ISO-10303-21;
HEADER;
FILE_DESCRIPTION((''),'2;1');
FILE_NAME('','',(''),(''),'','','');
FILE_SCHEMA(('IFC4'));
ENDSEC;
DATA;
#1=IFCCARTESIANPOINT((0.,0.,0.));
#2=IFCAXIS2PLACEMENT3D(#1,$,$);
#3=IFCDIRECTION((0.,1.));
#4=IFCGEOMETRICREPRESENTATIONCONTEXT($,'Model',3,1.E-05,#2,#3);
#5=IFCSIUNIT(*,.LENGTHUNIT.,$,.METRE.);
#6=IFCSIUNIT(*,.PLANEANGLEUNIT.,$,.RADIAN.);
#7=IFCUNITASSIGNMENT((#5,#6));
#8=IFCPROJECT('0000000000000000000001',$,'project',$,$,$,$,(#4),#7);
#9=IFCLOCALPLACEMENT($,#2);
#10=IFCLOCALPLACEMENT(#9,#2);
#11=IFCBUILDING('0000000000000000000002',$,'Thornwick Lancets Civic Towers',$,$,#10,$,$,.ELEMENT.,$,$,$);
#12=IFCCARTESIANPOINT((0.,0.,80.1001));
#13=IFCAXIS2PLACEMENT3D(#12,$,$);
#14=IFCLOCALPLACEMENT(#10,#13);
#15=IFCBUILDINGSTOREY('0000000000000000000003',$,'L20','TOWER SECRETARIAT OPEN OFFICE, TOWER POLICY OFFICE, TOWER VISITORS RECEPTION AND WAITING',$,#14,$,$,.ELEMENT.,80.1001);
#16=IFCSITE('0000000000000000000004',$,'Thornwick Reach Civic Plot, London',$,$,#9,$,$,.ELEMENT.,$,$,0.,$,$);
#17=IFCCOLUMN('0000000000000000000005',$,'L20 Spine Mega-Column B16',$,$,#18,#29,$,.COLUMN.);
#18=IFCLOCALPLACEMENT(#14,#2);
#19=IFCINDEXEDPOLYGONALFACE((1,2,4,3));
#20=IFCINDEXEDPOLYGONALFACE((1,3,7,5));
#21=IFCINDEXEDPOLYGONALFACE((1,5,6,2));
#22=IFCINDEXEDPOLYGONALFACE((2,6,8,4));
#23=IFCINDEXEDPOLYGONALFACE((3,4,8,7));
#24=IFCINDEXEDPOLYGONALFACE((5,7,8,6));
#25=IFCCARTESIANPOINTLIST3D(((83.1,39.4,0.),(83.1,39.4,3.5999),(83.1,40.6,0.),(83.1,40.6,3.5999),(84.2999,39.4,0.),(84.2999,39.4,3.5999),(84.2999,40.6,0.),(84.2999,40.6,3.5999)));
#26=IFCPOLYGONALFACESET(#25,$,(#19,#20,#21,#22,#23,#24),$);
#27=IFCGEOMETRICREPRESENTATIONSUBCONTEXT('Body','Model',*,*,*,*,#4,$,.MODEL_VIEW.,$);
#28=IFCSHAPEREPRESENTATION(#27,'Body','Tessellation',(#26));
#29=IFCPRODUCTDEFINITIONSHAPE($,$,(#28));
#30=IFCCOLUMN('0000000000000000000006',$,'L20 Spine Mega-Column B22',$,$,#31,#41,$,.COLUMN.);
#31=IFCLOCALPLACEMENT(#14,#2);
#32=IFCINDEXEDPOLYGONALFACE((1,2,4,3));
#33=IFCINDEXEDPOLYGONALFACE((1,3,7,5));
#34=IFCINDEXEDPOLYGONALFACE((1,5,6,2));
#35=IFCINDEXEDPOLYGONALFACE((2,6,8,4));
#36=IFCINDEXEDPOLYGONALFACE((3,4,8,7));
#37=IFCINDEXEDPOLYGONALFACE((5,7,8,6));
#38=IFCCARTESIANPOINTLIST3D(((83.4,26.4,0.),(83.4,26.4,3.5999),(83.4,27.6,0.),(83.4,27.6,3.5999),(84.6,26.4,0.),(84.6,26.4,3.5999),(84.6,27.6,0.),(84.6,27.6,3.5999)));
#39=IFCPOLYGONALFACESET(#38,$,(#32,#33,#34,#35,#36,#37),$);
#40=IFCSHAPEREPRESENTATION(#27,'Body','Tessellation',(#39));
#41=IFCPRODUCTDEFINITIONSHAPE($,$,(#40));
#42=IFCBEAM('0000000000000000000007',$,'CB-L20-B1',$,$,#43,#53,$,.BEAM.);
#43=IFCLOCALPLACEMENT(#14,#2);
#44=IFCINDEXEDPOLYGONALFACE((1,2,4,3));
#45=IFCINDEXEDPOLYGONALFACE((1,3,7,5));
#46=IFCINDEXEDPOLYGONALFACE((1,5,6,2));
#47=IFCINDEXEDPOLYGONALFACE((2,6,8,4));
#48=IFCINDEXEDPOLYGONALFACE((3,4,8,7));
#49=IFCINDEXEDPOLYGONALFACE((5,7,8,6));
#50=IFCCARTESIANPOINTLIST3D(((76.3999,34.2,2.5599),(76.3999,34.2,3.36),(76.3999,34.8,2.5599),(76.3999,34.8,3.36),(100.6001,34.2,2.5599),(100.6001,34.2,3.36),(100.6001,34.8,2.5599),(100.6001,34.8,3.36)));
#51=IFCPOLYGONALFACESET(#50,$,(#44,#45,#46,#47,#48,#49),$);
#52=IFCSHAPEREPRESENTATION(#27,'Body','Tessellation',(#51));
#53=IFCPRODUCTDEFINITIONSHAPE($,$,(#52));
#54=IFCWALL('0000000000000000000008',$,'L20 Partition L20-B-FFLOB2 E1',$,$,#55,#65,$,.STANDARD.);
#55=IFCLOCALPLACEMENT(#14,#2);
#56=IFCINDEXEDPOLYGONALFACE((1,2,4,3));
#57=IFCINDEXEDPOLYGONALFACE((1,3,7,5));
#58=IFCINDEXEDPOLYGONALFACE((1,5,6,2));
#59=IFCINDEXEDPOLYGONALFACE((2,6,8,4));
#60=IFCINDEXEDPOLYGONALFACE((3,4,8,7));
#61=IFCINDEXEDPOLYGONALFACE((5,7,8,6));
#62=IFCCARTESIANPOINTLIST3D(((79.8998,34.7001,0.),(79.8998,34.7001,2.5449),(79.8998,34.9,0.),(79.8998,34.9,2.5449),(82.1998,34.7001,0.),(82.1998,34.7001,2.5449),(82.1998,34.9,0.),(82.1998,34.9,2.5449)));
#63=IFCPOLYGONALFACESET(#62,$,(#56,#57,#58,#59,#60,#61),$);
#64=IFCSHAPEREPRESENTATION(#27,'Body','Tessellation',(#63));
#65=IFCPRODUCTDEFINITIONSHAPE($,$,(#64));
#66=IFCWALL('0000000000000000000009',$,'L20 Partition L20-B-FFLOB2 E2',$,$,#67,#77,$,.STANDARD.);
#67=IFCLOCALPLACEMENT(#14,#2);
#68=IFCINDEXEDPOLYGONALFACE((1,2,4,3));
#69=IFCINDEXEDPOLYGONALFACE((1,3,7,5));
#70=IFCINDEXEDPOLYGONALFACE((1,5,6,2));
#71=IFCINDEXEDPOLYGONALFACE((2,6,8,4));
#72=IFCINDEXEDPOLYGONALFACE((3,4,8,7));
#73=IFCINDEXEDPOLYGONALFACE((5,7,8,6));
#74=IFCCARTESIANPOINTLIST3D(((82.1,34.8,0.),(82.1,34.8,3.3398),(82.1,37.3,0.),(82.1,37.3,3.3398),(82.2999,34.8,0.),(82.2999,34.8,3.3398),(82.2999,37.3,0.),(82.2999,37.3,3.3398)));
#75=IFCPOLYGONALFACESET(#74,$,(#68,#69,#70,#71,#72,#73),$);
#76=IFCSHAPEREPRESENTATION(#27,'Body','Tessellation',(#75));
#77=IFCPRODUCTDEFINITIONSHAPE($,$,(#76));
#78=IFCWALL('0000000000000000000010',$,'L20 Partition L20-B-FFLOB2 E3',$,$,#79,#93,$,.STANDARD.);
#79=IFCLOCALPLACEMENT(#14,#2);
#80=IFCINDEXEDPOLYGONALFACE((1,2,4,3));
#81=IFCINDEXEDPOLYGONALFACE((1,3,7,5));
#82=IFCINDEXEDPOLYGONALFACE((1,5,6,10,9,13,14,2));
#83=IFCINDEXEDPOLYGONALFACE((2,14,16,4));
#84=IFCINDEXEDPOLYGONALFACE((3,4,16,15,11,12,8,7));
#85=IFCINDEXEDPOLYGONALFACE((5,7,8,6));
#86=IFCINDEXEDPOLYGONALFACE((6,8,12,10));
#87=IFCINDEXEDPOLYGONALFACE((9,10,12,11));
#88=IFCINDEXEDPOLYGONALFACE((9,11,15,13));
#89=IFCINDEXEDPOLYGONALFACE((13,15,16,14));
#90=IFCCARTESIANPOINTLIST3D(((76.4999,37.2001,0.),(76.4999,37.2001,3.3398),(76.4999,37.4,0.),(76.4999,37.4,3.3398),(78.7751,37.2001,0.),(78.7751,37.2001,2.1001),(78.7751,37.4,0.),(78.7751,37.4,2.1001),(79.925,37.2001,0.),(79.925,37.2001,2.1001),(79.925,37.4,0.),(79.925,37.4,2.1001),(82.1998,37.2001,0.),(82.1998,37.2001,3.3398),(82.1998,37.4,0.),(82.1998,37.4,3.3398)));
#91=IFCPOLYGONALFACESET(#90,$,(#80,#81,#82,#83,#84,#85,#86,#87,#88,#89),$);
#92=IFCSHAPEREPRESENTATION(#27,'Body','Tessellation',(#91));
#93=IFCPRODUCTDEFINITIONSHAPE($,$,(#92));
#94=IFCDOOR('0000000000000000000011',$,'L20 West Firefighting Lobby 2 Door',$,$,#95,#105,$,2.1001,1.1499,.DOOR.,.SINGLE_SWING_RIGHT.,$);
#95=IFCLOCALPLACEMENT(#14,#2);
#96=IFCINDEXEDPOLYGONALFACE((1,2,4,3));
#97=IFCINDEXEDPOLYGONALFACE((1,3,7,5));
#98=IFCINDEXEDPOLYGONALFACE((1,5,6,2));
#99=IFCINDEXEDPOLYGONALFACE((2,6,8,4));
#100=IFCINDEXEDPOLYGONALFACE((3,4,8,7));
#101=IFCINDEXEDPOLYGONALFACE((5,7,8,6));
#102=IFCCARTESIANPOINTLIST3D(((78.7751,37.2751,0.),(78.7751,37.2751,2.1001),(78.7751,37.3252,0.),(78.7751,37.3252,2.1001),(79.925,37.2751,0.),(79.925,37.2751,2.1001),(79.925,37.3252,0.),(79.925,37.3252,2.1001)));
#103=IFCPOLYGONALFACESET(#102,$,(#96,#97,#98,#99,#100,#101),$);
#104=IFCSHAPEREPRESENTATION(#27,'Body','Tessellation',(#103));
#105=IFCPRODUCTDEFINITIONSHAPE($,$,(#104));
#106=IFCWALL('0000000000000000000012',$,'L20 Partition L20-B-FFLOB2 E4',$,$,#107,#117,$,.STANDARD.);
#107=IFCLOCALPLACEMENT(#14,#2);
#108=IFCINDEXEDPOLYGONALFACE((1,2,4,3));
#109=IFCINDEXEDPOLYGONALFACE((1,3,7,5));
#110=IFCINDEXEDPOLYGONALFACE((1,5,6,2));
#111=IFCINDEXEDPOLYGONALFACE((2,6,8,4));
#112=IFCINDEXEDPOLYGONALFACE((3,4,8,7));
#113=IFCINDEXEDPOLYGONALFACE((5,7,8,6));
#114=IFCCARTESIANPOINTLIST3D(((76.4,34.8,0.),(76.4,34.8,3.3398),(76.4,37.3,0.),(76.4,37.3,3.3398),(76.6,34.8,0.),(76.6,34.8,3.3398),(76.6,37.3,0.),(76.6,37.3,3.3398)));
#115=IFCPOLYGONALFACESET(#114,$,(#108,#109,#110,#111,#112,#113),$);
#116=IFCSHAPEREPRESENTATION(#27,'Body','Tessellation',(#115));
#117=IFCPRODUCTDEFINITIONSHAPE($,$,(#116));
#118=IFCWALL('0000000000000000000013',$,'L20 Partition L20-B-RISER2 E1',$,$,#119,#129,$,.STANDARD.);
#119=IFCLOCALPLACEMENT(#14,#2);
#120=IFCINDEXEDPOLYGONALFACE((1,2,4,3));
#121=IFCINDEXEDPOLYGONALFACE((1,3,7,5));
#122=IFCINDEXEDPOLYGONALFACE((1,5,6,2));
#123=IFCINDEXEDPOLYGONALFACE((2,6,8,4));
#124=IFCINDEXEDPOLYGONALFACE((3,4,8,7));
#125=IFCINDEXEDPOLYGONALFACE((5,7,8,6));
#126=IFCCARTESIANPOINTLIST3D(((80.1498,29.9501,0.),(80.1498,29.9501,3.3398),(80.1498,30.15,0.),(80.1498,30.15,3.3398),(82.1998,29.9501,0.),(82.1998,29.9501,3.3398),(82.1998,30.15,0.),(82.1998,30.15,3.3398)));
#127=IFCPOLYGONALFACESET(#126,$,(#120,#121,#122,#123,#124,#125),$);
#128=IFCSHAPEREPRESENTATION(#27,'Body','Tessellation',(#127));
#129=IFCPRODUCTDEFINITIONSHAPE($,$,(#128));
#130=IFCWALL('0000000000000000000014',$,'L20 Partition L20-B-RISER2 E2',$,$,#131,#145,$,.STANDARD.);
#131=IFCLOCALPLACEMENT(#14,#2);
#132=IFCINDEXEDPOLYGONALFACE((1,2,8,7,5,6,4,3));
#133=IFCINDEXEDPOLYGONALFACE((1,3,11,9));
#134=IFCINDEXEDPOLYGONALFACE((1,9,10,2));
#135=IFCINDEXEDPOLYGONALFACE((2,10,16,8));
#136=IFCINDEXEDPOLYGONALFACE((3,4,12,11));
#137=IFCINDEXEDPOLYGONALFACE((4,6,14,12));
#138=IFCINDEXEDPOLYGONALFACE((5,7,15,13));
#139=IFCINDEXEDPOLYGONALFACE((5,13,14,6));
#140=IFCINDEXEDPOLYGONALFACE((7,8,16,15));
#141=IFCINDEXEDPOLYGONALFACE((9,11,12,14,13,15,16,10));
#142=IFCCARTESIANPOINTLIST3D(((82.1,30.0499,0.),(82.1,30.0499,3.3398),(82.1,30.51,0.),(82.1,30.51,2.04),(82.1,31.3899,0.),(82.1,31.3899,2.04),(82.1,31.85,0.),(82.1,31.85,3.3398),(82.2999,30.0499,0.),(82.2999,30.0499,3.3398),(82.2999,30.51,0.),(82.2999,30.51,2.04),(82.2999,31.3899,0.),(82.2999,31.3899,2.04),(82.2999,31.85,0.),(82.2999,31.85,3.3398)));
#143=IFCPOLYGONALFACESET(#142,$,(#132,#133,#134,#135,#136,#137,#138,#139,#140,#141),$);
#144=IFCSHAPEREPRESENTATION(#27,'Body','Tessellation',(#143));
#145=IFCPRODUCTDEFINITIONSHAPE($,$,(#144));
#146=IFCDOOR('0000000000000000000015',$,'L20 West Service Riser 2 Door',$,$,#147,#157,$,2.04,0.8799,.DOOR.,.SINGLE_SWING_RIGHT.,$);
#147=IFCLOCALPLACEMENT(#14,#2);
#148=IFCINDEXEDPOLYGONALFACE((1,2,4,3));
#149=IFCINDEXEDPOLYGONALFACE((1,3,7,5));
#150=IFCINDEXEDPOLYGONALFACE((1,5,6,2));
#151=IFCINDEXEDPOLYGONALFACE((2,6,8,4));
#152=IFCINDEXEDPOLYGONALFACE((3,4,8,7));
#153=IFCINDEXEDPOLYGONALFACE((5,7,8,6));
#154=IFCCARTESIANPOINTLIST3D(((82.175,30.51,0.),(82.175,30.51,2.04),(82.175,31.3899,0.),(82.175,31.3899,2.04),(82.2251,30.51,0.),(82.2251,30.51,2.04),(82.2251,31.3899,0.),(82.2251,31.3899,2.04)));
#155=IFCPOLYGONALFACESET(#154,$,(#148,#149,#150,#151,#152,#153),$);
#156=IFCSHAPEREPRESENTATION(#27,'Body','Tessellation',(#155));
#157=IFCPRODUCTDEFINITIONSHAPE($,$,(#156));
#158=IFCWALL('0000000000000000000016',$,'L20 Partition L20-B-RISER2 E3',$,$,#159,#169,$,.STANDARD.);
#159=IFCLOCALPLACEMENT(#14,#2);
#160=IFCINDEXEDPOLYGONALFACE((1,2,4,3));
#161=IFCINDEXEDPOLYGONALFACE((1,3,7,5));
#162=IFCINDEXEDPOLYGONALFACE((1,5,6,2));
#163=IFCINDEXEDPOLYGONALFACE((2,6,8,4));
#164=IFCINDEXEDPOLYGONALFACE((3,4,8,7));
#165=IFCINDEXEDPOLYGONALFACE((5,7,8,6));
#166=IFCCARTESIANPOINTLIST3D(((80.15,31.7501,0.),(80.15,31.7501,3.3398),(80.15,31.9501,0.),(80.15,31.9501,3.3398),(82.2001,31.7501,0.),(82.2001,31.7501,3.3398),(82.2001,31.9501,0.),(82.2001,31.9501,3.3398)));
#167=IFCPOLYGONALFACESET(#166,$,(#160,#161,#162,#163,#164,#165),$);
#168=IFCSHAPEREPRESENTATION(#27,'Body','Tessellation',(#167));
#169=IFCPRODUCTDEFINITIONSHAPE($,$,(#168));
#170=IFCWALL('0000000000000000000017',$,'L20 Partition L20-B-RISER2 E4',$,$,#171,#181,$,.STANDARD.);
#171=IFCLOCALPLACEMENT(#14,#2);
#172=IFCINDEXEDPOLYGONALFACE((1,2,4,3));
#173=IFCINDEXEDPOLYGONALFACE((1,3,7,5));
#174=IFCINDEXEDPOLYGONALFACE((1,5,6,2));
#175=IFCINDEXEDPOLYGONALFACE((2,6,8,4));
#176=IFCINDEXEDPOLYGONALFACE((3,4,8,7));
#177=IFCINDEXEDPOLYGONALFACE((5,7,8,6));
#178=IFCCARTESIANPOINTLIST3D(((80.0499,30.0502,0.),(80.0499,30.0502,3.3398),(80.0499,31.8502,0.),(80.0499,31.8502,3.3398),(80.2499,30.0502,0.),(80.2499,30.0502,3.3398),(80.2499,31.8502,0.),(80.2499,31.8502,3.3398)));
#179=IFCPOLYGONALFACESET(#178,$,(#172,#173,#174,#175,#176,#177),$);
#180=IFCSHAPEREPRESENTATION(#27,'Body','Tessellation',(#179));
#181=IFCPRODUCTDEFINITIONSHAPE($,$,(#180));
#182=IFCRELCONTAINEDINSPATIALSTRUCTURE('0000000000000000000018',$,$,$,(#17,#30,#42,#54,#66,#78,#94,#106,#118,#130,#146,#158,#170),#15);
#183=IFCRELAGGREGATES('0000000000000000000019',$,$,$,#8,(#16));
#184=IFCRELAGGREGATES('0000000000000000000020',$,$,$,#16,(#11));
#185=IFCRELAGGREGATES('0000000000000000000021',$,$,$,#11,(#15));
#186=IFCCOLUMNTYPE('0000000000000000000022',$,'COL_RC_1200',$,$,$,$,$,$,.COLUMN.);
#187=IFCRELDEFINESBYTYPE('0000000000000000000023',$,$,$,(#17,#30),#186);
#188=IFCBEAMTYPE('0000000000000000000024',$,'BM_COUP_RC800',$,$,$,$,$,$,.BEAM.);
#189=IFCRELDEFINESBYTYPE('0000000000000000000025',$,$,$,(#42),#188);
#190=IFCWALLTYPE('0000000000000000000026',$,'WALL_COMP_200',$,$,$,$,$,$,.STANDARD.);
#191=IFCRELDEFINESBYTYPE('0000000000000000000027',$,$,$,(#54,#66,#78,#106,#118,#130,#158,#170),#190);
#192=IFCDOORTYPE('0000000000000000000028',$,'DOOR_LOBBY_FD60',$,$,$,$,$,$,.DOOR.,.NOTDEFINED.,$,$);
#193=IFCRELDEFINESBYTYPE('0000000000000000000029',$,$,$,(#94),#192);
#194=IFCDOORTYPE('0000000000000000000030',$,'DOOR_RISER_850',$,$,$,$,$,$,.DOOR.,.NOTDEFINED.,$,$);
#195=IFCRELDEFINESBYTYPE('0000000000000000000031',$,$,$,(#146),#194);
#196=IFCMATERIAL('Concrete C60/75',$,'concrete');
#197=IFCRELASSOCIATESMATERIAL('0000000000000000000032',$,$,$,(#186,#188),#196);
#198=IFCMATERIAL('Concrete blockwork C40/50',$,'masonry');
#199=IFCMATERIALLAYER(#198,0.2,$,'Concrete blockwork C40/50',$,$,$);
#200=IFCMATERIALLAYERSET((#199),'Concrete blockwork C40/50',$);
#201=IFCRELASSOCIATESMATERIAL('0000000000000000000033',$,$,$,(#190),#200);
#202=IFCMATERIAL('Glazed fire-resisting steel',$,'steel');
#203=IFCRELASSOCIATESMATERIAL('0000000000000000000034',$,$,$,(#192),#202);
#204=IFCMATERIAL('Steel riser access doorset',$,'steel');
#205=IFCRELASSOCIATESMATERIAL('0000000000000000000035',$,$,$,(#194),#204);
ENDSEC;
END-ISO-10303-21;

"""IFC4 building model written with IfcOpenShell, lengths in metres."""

from ifc_helpers import new_model, si_unit, direction, frame, frame_2d, origin, origin_2d, place, context, subcontext, project, spatial, rectangle, extrude, material, layer, layer_set, material_profile, profile_set, type_object, element, fill, save


model = new_model("IFC4")

# Units and contexts
model_context = context("Model", 3, precision=1e-05, world=origin(), true_north=direction((0.0, 1.0)))
body_context = subcontext(model_context, "Body", "Model", "MODEL_VIEW")
ifc_project = project(units=[si_unit("LENGTHUNIT", "METRE"), si_unit("PLANEANGLEUNIT", "RADIAN")], contexts=[model_context])

# Site, building, storey
site_placement = place(None, origin())
site = spatial("IfcSite", under=ifc_project, at=site_placement, Name="Thornwick Reach Civic Plot, London", CompositionType="ELEMENT", RefElevation=0.0)
building_placement = place(site_placement, origin())
building = spatial("IfcBuilding", under=site, at=building_placement, Name="Thornwick Lancets Civic Towers", CompositionType="ELEMENT")
storey_placement = place(building_placement, frame((0.0, 0.0, 80.1001)))
storey = spatial("IfcBuildingStorey", under=building, at=storey_placement, Name="L20", Description="TOWER SECRETARIAT OPEN OFFICE, TOWER POLICY OFFICE, TOWER VISITORS RECEPTION AND WAITING", CompositionType="ELEMENT", Elevation=80.1001)

# Columns
ifc_material_1 = material(Name="Concrete C60/75", Category="concrete")
ifc_material_profile_1 = material_profile(ifc_material_1, rectangle(XDim=1.2, YDim=1.2, at=origin_2d()), Name="RC 1200x1200")
ifc_profile_set_1 = profile_set([ifc_material_profile_1], Name="Concrete C60/75")
column_type = type_object("IfcColumnType", Name="COL_RC_1200", PredefinedType="COLUMN", material=ifc_profile_set_1)
for number, where, z_axis, x_axis, name in (
    (1, (83.7, 40.0, 0.0), (0.0, 0.0, 1.0), (1.0, 0.0, 0.0), "L20 Spine Mega-Column B16"),
    (2, (84.0, 27.0, 0.0), (0.0, 0.0, 1.0), (1.0, 0.0, 0.0), "L20 Spine Mega-Column B22"),
):
    element("IfcColumn", number, at=place(storey_placement, frame(where, z_axis=z_axis, x_axis=x_axis)), inside=storey, type_object=column_type, Name=name, PredefinedType="COLUMN", context=body_context, shape_type="SweptSolid", body=[
        extrude(rectangle(XDim=1.2, YDim=1.2, at=origin_2d()), origin(), (0.0, 0.0, 1.0), 3.5999),
    ])

# Beam
ifc_material_profile_2 = material_profile(ifc_material_1, rectangle(XDim=0.6001, YDim=0.8, at=origin_2d()), Name="RC 600x800")
ifc_profile_set_2 = profile_set([ifc_material_profile_2], Name="Concrete C60/75")
beam_type = type_object("IfcBeamType", Name="BM_COUP_RC800", PredefinedType="BEAM", material=ifc_profile_set_2)
beam_placement = place(storey_placement, frame((76.3999, 34.5, 2.96), z_axis=(1.0, 0.0, 0.0), x_axis=(0.0, 1.0, 0.0)))
element("IfcBeam", 3, at=beam_placement, inside=storey, type_object=beam_type, Name="CB-L20-B1", PredefinedType="BEAM", context=body_context, shape_type="SweptSolid", body=[
    extrude(rectangle(XDim=0.6001, YDim=0.8, at=origin_2d()), origin(), (0.0, 0.0, 1.0), 24.2002),
])

# Walls
ifc_material_2 = material(Name="Concrete blockwork C40/50", Category="masonry")
ifc_layer_1 = layer(ifc_material_2, 0.2, Name="Concrete blockwork C40/50")
ifc_layer_set_1 = layer_set([ifc_layer_1], Name="Concrete blockwork C40/50")
wall_type_1 = type_object("IfcWallType", Name="WALL_COMP_200", PredefinedType="STANDARD", material=ifc_layer_set_1)
wall_1_placement = place(storey_placement, frame((79.8999, 34.8, 0.0), z_axis=(0.0, 0.0, 1.0), x_axis=(1.0, 0.0, 0.0)))
element("IfcWall", 4, at=wall_1_placement, inside=storey, type_object=wall_type_1, Name="L20 Partition L20-B-FFLOB2 E1", PredefinedType="STANDARD", context=body_context, shape_type="SweptSolid", body=[
    extrude(rectangle(XDim=2.3, YDim=0.2, at=frame_2d((1.1499, 0.0))), origin(), (0.0, 0.0, 1.0), 2.5449),
])
wall_2_placement = place(storey_placement, frame((82.2, 34.8, 0.0), z_axis=(0.0, 0.0, 1.0), x_axis=(0.0, 1.0, 0.0)))
element("IfcWall", 5, at=wall_2_placement, inside=storey, type_object=wall_type_1, Name="L20 Partition L20-B-FFLOB2 E2", PredefinedType="STANDARD", context=body_context, shape_type="SweptSolid", body=[
    extrude(rectangle(XDim=2.5, YDim=0.2, at=frame_2d((1.25, 0.0))), origin(), (0.0, 0.0, 1.0), 3.3398),
])

# Wall, opening, door
wall_3_placement = place(storey_placement, frame((82.2, 37.3, 0.0), z_axis=(0.0, 0.0, 1.0), x_axis=(-1.0, 0.0, 0.0)))
wall_3 = element("IfcWall", 6, at=wall_3_placement, inside=storey, type_object=wall_type_1, Name="L20 Partition L20-B-FFLOB2 E3", PredefinedType="STANDARD", context=body_context, shape_type="SweptSolid", body=[
    extrude(rectangle(XDim=5.7, YDim=0.2, at=frame_2d((2.8501, 0.0))), origin(), (0.0, 0.0, 1.0), 3.3398),
])
opening_1_placement = place(wall_3_placement, frame((2.2749, 0.0, 0.0)))
opening_1 = element("IfcOpeningElement", 7, at=opening_1_placement, cuts=wall_3, PredefinedType="OPENING", context=body_context, shape_type="SweptSolid", body=[
    extrude(rectangle(XDim=1.1499, YDim=2.1001, at=frame_2d((0.575, 1.05))), frame((0.0, 0.1099, 0.0), z_axis=(0.0, -1.0, 0.0), x_axis=(1.0, 0.0, 0.0)), (0.0, 0.0, 1.0), 0.22),
])
ifc_material_3 = material(Name="Glazed fire-resisting steel", Category="steel")
door_type_1 = type_object("IfcDoorType", Name="DOOR_LOBBY_FD60", OperationType="NOTDEFINED", PredefinedType="DOOR", material=ifc_material_3)
door_1_placement = place(opening_1_placement, origin())
door_1 = element("IfcDoor", 8, at=door_1_placement, inside=storey, type_object=door_type_1, Name="L20 West Firefighting Lobby 2 Door", OperationType="SINGLE_SWING_RIGHT", OverallHeight=2.1001, OverallWidth=1.1499, PredefinedType="DOOR", context=body_context, shape_type="SweptSolid", body=[
    extrude(rectangle(XDim=1.1499, YDim=2.1001, at=frame_2d((0.575, 1.05))), frame((0.0, 0.0249, 0.0), z_axis=(0.0, -1.0, 0.0), x_axis=(1.0, 0.0, 0.0)), (0.0, 0.0, 1.0), 0.05),
])
fill(opening_1, door_1)

# Walls
wall_4_placement = place(storey_placement, frame((76.5, 37.3, 0.0), z_axis=(0.0, 0.0, 1.0), x_axis=(0.0, -1.0, 0.0)))
element("IfcWall", 9, at=wall_4_placement, inside=storey, type_object=wall_type_1, Name="L20 Partition L20-B-FFLOB2 E4", PredefinedType="STANDARD", context=body_context, shape_type="SweptSolid", body=[
    extrude(rectangle(XDim=2.5, YDim=0.2, at=frame_2d((1.25, 0.0))), origin(), (0.0, 0.0, 1.0), 3.3398),
])
wall_5_placement = place(storey_placement, frame((80.1499, 30.05, 0.0), z_axis=(0.0, 0.0, 1.0), x_axis=(1.0, 0.0, 0.0)))
element("IfcWall", 10, at=wall_5_placement, inside=storey, type_object=wall_type_1, Name="L20 Partition L20-B-RISER2 E1", PredefinedType="STANDARD", context=body_context, shape_type="SweptSolid", body=[
    extrude(rectangle(XDim=2.05, YDim=0.2, at=frame_2d((1.0249, 0.0))), origin(), (0.0, 0.0, 1.0), 3.3398),
])

# Wall, opening, door
wall_6_placement = place(storey_placement, frame((82.2, 30.05, 0.0), z_axis=(0.0, 0.0, 1.0), x_axis=(0.0, 1.0, 0.0)))
wall_6 = element("IfcWall", 11, at=wall_6_placement, inside=storey, type_object=wall_type_1, Name="L20 Partition L20-B-RISER2 E2", PredefinedType="STANDARD", context=body_context, shape_type="SweptSolid", body=[
    extrude(rectangle(XDim=1.8, YDim=0.2, at=frame_2d((0.8999, 0.0))), origin(), (0.0, 0.0, 1.0), 3.3398),
])
opening_2_placement = place(wall_6_placement, frame((0.46, 0.0, 0.0)))
opening_2 = element("IfcOpeningElement", 12, at=opening_2_placement, cuts=wall_6, PredefinedType="OPENING", context=body_context, shape_type="SweptSolid", body=[
    extrude(rectangle(XDim=0.8799, YDim=2.04, at=frame_2d((0.4399, 1.02))), frame((0.0, 0.1099, 0.0), z_axis=(0.0, -1.0, 0.0), x_axis=(1.0, 0.0, 0.0)), (0.0, 0.0, 1.0), 0.22),
])
ifc_material_4 = material(Name="Steel riser access doorset", Category="steel")
door_type_2 = type_object("IfcDoorType", Name="DOOR_RISER_850", OperationType="NOTDEFINED", PredefinedType="DOOR", material=ifc_material_4)
door_2_placement = place(opening_2_placement, origin())
door_2 = element("IfcDoor", 13, at=door_2_placement, inside=storey, type_object=door_type_2, Name="L20 West Service Riser 2 Door", OperationType="SINGLE_SWING_RIGHT", OverallHeight=2.04, OverallWidth=0.8799, PredefinedType="DOOR", context=body_context, shape_type="SweptSolid", body=[
    extrude(rectangle(XDim=0.8799, YDim=2.04, at=frame_2d((0.4399, 1.02))), frame((0.0, 0.0249, 0.0), z_axis=(0.0, -1.0, 0.0), x_axis=(1.0, 0.0, 0.0)), (0.0, 0.0, 1.0), 0.05),
])
fill(opening_2, door_2)

# Walls
wall_7_placement = place(storey_placement, frame((82.2, 31.8501, 0.0), z_axis=(0.0, 0.0, 1.0), x_axis=(-1.0, 0.0, 0.0)))
element("IfcWall", 14, at=wall_7_placement, inside=storey, type_object=wall_type_1, Name="L20 Partition L20-B-RISER2 E3", PredefinedType="STANDARD", context=body_context, shape_type="SweptSolid", body=[
    extrude(rectangle(XDim=2.05, YDim=0.2, at=frame_2d((1.0249, 0.0))), origin(), (0.0, 0.0, 1.0), 3.3398),
])
wall_8_placement = place(storey_placement, frame((80.1499, 31.8501, 0.0), z_axis=(0.0, 0.0, 1.0), x_axis=(0.0, -1.0, 0.0)))
element("IfcWall", 15, at=wall_8_placement, inside=storey, type_object=wall_type_1, Name="L20 Partition L20-B-RISER2 E4", PredefinedType="STANDARD", context=body_context, shape_type="SweptSolid", body=[
    extrude(rectangle(XDim=1.8, YDim=0.2, at=frame_2d((0.8999, 0.0))), origin(), (0.0, 0.0, 1.0), 3.3398),
])

save(model, "model.ifc")
